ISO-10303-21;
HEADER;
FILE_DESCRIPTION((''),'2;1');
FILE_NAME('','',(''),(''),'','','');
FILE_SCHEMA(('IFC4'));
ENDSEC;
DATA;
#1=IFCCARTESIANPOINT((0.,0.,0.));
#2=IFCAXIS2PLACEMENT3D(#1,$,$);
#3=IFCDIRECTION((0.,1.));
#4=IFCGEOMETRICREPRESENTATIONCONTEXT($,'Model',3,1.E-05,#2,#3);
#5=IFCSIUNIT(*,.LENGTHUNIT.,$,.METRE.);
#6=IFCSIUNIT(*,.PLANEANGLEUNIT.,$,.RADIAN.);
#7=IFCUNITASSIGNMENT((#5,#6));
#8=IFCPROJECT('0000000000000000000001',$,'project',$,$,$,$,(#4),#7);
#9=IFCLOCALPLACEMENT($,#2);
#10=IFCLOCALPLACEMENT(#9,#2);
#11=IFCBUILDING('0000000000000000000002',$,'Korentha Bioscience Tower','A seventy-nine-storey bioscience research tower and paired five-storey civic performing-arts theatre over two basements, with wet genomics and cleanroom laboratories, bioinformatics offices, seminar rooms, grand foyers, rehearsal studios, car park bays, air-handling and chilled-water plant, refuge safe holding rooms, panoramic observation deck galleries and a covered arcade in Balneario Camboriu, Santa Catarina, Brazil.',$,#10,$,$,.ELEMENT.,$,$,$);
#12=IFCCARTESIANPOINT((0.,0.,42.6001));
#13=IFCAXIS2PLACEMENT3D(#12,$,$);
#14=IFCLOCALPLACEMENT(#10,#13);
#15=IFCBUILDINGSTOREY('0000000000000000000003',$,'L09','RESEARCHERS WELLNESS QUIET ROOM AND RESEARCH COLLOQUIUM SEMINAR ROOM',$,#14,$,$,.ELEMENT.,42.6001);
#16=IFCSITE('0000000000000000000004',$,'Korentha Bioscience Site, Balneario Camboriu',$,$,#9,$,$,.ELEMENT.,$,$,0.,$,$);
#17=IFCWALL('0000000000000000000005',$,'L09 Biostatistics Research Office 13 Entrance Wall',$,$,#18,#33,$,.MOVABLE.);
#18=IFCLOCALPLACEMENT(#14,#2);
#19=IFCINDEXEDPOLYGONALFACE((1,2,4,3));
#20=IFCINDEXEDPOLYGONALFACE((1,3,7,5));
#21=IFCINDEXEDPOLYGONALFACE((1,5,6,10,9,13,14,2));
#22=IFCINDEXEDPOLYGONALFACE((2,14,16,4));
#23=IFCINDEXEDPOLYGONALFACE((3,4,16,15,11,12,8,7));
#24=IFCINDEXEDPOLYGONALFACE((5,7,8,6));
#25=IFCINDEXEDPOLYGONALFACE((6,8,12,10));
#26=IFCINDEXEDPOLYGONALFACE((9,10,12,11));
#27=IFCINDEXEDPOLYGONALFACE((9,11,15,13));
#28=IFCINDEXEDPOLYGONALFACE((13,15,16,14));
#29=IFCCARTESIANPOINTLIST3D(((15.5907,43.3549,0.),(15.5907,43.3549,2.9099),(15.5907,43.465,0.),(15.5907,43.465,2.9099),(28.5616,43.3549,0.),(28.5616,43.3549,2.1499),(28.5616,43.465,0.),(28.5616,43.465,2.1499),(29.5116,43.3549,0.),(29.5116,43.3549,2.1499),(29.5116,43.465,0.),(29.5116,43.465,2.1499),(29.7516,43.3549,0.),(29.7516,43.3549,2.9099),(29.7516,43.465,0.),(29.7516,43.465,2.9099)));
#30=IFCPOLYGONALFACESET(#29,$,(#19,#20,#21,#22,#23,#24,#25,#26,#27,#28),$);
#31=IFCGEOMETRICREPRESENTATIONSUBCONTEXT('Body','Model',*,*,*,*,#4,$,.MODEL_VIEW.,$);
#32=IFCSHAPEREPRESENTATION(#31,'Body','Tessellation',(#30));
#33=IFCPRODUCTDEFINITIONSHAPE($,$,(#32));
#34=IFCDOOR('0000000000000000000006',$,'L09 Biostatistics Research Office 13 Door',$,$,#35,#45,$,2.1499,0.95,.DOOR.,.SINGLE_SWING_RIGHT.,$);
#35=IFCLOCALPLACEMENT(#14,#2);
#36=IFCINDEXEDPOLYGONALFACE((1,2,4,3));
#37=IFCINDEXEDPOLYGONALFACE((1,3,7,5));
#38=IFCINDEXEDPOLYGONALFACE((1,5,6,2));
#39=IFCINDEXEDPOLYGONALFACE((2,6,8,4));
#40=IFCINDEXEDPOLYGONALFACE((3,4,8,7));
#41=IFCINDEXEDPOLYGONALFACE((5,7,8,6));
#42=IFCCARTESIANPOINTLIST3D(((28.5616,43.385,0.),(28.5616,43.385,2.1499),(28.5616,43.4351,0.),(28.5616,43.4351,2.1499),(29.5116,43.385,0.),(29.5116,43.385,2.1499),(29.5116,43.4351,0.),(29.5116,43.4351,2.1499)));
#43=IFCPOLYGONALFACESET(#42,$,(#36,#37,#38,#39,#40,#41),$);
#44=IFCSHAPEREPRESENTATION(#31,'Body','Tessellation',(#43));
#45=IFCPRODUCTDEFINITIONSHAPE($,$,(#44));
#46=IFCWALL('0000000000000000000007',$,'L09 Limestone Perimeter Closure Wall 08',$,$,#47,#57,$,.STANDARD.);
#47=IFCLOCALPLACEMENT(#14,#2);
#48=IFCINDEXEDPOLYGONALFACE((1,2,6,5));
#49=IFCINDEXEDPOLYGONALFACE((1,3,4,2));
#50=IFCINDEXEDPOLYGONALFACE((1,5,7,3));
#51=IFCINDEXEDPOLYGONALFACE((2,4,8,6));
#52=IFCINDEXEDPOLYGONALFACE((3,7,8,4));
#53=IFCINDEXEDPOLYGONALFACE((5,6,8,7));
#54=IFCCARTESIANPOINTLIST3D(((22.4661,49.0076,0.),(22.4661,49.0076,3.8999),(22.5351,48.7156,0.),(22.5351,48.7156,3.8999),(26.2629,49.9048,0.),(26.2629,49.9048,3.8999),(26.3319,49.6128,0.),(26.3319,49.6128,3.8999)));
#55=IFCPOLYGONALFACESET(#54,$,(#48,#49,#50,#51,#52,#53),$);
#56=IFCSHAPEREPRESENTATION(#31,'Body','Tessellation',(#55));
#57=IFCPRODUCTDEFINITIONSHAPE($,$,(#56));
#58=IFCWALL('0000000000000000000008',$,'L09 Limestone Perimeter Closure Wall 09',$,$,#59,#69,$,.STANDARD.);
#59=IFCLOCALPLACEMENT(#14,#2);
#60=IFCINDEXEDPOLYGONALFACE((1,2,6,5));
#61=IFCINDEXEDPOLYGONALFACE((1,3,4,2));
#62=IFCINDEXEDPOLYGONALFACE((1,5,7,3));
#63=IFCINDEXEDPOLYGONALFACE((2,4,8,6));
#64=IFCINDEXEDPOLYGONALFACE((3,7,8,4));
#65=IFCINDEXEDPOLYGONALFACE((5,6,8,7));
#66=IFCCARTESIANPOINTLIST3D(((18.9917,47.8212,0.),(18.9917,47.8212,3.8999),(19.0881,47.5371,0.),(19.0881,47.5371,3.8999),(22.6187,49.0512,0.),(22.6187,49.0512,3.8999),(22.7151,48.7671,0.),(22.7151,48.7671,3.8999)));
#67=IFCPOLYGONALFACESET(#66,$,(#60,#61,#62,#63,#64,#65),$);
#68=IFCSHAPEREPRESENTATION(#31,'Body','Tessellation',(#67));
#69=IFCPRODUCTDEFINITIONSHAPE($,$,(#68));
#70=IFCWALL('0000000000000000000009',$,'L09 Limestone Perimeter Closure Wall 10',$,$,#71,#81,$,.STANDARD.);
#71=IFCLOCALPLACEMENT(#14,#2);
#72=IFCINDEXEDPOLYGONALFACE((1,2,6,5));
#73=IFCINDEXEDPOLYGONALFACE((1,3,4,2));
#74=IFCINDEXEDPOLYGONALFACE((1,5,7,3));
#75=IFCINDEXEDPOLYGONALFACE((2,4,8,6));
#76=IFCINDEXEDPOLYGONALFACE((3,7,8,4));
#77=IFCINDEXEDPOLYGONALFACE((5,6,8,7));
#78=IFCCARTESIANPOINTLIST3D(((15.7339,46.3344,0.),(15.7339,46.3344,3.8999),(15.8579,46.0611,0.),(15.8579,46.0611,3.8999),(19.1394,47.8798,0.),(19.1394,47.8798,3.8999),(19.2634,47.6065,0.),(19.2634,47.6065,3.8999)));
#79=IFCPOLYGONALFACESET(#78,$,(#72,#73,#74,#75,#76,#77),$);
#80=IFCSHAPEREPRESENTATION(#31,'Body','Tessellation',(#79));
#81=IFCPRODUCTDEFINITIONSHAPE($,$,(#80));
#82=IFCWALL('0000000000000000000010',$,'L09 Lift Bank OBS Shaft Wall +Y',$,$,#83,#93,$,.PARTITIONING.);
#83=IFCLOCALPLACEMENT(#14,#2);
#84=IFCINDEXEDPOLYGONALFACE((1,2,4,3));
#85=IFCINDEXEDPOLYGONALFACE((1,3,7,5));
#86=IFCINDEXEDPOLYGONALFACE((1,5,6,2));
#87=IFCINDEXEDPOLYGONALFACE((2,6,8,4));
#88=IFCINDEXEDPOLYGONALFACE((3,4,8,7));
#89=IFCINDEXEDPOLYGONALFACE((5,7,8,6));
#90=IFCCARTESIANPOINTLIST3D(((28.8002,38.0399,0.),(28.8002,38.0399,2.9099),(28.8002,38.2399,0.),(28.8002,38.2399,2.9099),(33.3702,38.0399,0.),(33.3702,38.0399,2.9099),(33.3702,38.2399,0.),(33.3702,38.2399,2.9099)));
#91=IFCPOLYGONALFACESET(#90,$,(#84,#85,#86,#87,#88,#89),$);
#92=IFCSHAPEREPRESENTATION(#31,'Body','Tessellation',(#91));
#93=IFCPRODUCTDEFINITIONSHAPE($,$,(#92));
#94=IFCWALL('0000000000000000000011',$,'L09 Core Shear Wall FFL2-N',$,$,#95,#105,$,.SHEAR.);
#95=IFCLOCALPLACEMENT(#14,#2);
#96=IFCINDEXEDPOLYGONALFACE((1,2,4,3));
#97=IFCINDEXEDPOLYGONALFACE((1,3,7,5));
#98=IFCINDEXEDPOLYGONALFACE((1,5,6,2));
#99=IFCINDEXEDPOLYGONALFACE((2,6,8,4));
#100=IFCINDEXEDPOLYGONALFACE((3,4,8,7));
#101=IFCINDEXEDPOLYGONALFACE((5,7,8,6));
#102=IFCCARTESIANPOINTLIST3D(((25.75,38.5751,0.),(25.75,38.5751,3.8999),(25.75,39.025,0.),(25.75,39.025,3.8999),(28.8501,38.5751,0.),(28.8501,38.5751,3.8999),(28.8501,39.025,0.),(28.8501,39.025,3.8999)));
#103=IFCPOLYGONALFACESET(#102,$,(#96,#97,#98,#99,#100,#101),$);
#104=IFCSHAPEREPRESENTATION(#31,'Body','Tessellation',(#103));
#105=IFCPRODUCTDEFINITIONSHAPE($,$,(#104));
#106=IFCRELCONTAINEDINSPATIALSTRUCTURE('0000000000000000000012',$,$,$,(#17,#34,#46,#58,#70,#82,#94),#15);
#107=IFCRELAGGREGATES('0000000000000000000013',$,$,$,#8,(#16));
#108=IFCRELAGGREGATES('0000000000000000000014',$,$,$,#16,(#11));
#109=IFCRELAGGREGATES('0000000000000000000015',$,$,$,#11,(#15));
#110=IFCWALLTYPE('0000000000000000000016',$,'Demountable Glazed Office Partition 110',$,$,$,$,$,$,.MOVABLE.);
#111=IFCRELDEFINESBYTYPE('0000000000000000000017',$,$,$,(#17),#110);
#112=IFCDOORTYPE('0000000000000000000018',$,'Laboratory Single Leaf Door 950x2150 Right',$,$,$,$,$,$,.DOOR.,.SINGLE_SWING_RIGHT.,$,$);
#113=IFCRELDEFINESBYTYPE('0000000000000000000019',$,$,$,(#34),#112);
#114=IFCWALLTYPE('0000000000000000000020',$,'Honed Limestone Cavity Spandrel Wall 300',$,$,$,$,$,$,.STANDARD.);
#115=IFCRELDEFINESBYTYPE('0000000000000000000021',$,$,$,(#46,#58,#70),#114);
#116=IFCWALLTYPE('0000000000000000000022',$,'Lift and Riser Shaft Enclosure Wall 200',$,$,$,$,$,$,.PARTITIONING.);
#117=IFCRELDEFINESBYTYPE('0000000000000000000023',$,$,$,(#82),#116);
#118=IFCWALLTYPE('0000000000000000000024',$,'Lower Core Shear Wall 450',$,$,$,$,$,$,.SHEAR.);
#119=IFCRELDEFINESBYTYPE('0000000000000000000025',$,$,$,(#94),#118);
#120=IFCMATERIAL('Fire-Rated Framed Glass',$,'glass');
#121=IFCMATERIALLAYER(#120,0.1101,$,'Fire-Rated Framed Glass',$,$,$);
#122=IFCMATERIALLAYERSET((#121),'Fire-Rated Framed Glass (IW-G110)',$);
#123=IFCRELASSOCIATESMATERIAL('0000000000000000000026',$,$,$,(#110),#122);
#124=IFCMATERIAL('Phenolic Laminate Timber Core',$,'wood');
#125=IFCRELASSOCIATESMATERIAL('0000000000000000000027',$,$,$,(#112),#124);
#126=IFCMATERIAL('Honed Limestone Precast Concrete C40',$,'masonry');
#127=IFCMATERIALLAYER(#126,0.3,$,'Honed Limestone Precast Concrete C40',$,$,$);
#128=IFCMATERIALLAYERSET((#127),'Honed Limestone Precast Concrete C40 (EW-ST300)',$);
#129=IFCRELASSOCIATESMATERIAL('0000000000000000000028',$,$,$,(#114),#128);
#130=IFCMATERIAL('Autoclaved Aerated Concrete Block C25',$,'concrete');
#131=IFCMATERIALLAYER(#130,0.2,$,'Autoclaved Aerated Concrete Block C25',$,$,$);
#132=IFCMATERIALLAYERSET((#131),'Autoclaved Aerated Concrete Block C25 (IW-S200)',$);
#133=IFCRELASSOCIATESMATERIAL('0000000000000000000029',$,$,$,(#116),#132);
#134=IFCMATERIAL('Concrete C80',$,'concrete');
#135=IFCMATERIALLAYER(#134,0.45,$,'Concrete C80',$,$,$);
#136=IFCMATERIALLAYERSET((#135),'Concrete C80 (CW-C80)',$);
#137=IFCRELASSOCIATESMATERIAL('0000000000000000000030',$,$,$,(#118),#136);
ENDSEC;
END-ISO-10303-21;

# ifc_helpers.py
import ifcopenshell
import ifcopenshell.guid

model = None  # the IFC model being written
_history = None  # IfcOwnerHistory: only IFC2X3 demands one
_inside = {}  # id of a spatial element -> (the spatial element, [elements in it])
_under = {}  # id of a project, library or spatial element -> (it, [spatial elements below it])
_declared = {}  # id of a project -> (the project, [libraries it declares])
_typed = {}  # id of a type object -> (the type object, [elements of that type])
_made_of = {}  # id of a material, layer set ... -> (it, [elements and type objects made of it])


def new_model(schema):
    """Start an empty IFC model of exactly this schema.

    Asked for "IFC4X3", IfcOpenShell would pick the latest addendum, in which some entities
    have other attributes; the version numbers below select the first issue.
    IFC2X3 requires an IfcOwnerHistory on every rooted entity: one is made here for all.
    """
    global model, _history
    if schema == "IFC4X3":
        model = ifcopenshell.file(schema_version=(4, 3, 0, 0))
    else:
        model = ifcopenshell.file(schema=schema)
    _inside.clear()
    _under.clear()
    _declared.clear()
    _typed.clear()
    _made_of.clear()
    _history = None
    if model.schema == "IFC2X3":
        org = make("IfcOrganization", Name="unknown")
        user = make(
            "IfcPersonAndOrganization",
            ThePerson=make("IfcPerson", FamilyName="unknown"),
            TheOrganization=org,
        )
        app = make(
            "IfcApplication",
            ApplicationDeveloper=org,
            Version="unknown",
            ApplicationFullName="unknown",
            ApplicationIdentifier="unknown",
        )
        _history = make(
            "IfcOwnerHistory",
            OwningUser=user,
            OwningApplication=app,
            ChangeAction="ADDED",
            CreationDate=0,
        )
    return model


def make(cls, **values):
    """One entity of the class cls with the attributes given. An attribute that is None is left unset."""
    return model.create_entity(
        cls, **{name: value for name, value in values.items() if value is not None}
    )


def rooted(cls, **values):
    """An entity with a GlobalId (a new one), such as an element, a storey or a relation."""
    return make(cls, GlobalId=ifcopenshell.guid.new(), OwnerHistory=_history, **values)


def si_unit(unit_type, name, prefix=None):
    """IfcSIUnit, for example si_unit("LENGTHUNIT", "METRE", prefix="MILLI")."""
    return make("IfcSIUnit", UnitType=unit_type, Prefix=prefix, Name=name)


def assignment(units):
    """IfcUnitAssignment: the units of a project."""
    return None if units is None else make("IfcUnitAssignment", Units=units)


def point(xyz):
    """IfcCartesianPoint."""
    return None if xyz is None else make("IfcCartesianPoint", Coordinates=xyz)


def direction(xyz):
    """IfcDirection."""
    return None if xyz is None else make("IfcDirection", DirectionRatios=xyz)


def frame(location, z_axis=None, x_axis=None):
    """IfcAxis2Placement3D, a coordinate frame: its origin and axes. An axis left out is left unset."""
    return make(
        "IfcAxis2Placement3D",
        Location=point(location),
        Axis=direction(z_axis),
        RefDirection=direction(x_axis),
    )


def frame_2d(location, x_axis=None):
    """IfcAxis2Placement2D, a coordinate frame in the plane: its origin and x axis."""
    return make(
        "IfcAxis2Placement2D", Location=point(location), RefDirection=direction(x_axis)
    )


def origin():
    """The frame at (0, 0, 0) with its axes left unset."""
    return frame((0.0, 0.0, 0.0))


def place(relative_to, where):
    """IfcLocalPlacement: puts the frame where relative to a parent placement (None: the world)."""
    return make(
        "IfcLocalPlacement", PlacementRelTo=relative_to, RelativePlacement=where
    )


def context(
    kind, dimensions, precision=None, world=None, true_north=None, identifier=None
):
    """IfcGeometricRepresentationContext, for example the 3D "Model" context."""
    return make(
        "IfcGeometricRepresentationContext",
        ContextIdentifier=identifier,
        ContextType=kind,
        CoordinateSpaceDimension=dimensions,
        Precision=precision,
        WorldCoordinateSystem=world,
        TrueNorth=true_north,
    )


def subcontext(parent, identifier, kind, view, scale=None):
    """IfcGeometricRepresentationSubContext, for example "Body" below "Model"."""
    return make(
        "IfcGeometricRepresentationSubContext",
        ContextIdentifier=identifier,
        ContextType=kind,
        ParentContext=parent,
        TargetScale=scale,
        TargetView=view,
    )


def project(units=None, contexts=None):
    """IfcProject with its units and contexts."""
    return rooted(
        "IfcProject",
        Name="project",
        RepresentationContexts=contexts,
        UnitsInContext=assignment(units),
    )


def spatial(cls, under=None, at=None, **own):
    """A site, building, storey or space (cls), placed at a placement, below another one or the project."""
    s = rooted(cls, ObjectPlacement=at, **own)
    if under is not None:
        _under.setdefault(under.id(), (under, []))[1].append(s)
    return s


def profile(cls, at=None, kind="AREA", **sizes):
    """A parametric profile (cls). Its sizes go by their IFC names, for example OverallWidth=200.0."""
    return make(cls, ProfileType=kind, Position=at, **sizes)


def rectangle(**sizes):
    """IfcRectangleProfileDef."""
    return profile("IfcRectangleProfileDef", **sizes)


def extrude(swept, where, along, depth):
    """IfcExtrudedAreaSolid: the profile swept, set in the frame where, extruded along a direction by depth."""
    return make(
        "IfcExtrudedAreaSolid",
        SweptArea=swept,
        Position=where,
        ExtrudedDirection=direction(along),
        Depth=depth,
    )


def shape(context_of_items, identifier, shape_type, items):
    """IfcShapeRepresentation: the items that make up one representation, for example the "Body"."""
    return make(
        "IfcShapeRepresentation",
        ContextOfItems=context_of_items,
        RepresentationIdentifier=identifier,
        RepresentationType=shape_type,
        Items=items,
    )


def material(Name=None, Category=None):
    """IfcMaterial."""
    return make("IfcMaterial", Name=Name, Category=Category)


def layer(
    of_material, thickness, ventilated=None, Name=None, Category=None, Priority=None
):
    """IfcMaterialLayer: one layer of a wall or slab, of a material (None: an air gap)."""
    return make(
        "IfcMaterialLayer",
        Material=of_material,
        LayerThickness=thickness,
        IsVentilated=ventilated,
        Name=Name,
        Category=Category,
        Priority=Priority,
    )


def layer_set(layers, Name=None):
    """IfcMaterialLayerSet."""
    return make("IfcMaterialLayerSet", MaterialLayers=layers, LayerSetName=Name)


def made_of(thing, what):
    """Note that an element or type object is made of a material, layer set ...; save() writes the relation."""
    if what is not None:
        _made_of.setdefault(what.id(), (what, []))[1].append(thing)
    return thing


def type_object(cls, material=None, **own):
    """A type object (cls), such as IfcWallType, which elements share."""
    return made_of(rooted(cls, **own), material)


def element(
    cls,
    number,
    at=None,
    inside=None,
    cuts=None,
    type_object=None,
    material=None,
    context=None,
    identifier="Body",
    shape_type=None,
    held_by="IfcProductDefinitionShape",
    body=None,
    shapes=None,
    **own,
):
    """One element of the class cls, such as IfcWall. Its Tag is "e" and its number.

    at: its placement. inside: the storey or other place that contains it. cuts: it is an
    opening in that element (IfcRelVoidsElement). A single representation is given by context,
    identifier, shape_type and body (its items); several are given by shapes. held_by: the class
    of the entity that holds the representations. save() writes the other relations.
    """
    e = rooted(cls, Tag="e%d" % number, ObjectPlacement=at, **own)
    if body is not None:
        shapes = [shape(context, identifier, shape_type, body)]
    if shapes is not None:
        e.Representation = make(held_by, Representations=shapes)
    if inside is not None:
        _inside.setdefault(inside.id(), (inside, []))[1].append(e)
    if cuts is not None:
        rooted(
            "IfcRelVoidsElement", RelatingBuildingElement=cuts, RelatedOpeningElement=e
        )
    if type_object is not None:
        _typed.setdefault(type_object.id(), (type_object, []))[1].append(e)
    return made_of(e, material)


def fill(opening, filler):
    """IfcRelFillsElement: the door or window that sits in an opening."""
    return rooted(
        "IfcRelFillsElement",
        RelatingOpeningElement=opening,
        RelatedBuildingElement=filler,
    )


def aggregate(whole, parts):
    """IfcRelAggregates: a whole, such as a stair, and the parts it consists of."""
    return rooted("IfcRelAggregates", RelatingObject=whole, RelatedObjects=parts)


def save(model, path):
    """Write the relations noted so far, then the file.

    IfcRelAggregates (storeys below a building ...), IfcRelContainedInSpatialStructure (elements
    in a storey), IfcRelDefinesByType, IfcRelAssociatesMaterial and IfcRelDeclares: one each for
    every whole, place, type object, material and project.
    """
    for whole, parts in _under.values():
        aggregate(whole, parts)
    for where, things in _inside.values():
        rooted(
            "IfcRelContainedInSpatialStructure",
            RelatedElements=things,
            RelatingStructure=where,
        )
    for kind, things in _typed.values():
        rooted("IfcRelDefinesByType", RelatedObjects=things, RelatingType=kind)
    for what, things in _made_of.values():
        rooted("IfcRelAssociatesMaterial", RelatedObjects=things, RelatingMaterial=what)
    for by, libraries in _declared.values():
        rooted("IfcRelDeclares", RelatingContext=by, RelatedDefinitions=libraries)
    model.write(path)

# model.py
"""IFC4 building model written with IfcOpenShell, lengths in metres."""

from ifc_helpers import new_model, si_unit, direction, frame, frame_2d, origin, place, context, subcontext, project, spatial, rectangle, extrude, material, layer, layer_set, type_object, element, fill, save


model = new_model("IFC4")

# Units and contexts
model_context = context("Model", 3, precision=1e-05, world=origin(), true_north=direction((0.0, 1.0)))
body_context = subcontext(model_context, "Body", "Model", "MODEL_VIEW")
ifc_project = project(units=[si_unit("LENGTHUNIT", "METRE"), si_unit("PLANEANGLEUNIT", "RADIAN")], contexts=[model_context])

# Site, building, storey
site_placement = place(None, origin())
site = spatial("IfcSite", under=ifc_project, at=site_placement, Name="Korentha Bioscience Site, Balneario Camboriu", CompositionType="ELEMENT", RefElevation=0.0)
building_placement = place(site_placement, origin())
building = spatial("IfcBuilding", under=site, at=building_placement, Name="Korentha Bioscience Tower", Description="A seventy-nine-storey bioscience research tower and paired five-storey civic performing-arts theatre over two basements, with wet genomics and cleanroom laboratories, bioinformatics offices, seminar rooms, grand foyers, rehearsal studios, car park bays, air-handling and chilled-water plant, refuge safe holding rooms, panoramic observation deck galleries and a covered arcade in Balneario Camboriu, Santa Catarina, Brazil.", CompositionType="ELEMENT")
storey_placement = place(building_placement, frame((0.0, 0.0, 42.6001)))
storey = spatial("IfcBuildingStorey", under=building, at=storey_placement, Name="L09", Description="RESEARCHERS WELLNESS QUIET ROOM AND RESEARCH COLLOQUIUM SEMINAR ROOM", CompositionType="ELEMENT", Elevation=42.6001)

# Shared definitions
ifc_material_1 = material(Name="Concrete C80", Category="concrete")

# Wall, opening, door
ifc_material_2 = material(Name="Fire-Rated Framed Glass", Category="glass")
ifc_layer_1 = layer(ifc_material_2, 0.1101, Name="Fire-Rated Framed Glass")
ifc_layer_set_1 = layer_set([ifc_layer_1], Name="Fire-Rated Framed Glass (IW-G110)")
wall_type_1 = type_object("IfcWallType", Name="Demountable Glazed Office Partition 110", PredefinedType="MOVABLE", material=ifc_layer_set_1)
wall_1_placement = place(storey_placement, frame((29.7517, 43.4099, 0.0), z_axis=(0.0, 0.0, 1.0), x_axis=(-1.0, 0.0, 0.0)))
wall_1 = element("IfcWall", 1, at=wall_1_placement, inside=storey, type_object=wall_type_1, Name="L09 Biostatistics Research Office 13 Entrance Wall", PredefinedType="MOVABLE", context=body_context, shape_type="SweptSolid", body=[
    extrude(rectangle(XDim=14.1609, YDim=0.1101, at=frame_2d((7.0806, 0.0))), origin(), (0.0, 0.0, 1.0), 2.9099),
])
opening_placement = place(wall_1_placement, frame((0.24, 0.0, 0.0)))
opening = element("IfcOpeningElement", 2, at=opening_placement, cuts=wall_1, PredefinedType="OPENING", context=body_context, shape_type="SweptSolid", body=[
    extrude(rectangle(XDim=0.95, YDim=2.1499, at=frame_2d((0.4751, 1.075))), frame((0.0, 0.0698, 0.0), z_axis=(0.0, -1.0, 0.0), x_axis=(1.0, 0.0, 0.0)), (0.0, 0.0, 1.0), 0.1399),
])
ifc_material_3 = material(Name="Phenolic Laminate Timber Core", Category="wood")
door_type = type_object("IfcDoorType", Name="Laboratory Single Leaf Door 950x2150 Right", OperationType="SINGLE_SWING_RIGHT", PredefinedType="DOOR", material=ifc_material_3)
door_placement = place(opening_placement, origin())
door = element("IfcDoor", 3, at=door_placement, inside=storey, type_object=door_type, Name="L09 Biostatistics Research Office 13 Door", OperationType="SINGLE_SWING_RIGHT", OverallHeight=2.1499, OverallWidth=0.95, PredefinedType="DOOR", context=body_context, shape_type="SweptSolid", body=[
    extrude(rectangle(XDim=0.95, YDim=2.1499, at=frame_2d((0.4751, 1.075))), frame((0.0, 0.0249, 0.0), z_axis=(0.0, -1.0, 0.0), x_axis=(1.0, 0.0, 0.0)), (0.0, 0.0, 1.0), 0.05),
])
fill(opening, door)

# Walls
ifc_material_4 = material(Name="Honed Limestone Precast Concrete C40", Category="masonry")
ifc_layer_2 = layer(ifc_material_4, 0.3, Name="Honed Limestone Precast Concrete C40")
ifc_layer_set_2 = layer_set([ifc_layer_2], Name="Honed Limestone Precast Concrete C40 (EW-ST300)")
wall_type_2 = type_object("IfcWallType", Name="Honed Limestone Cavity Spandrel Wall 300", PredefinedType="STANDARD", material=ifc_layer_set_2)
wall_2_placement = place(storey_placement, frame((26.2974, 49.7588, 0.0), z_axis=(0.0, 0.0, 1.0), x_axis=(-0.973198, -0.22997, 0.0)))
element("IfcWall", 4, at=wall_2_placement, inside=storey, type_object=wall_type_2, Name="L09 Limestone Perimeter Closure Wall 08", PredefinedType="STANDARD", context=body_context, shape_type="SweptSolid", body=[
    extrude(rectangle(XDim=3.9014, YDim=0.3, at=frame_2d((1.9507, 0.0))), origin(), (0.0, 0.0, 1.0), 3.8999),
])
wall_3_placement = place(storey_placement, frame((22.667, 48.9092, 0.0), z_axis=(0.0, 0.0, 1.0), x_axis=(-0.947026, -0.321158, 0.0)))
element("IfcWall", 5, at=wall_3_placement, inside=storey, type_object=wall_type_2, Name="L09 Limestone Perimeter Closure Wall 09", PredefinedType="STANDARD", context=body_context, shape_type="SweptSolid", body=[
    extrude(rectangle(XDim=3.8298, YDim=0.3, at=frame_2d((1.915, 0.0))), origin(), (0.0, 0.0, 1.0), 3.8999),
])
wall_4_placement = place(storey_placement, frame((19.2014, 47.7432, 0.0), z_axis=(0.0, 0.0, 1.0), x_axis=(-0.910623, -0.413237, 0.0)))
element("IfcWall", 6, at=wall_4_placement, inside=storey, type_object=wall_type_2, Name="L09 Limestone Perimeter Closure Wall 10", PredefinedType="STANDARD", context=body_context, shape_type="SweptSolid", body=[
    extrude(rectangle(XDim=3.7397, YDim=0.3, at=frame_2d((1.8699, 0.0))), origin(), (0.0, 0.0, 1.0), 3.8999),
])
ifc_material_5 = material(Name="Autoclaved Aerated Concrete Block C25", Category="concrete")
ifc_layer_3 = layer(ifc_material_5, 0.2, Name="Autoclaved Aerated Concrete Block C25")
ifc_layer_set_3 = layer_set([ifc_layer_3], Name="Autoclaved Aerated Concrete Block C25 (IW-S200)")
wall_type_3 = type_object("IfcWallType", Name="Lift and Riser Shaft Enclosure Wall 200", PredefinedType="PARTITIONING", material=ifc_layer_set_3)
wall_5_placement = place(storey_placement, frame((28.8, 38.1399, 0.0), z_axis=(0.0, 0.0, 1.0), x_axis=(1.0, 0.0, 0.0)))
element("IfcWall", 7, at=wall_5_placement, inside=storey, type_object=wall_type_3, Name="L09 Lift Bank OBS Shaft Wall +Y", PredefinedType="PARTITIONING", context=body_context, shape_type="SweptSolid", body=[
    extrude(rectangle(XDim=4.5701, YDim=0.2, at=frame_2d((2.2852, 0.0))), origin(), (0.0, 0.0, 1.0), 2.9099),
])
ifc_layer_4 = layer(ifc_material_1, 0.45, Name="Concrete C80")
ifc_layer_set_4 = layer_set([ifc_layer_4], Name="Concrete C80 (CW-C80)")
wall_type_4 = type_object("IfcWallType", Name="Lower Core Shear Wall 450", PredefinedType="SHEAR", material=ifc_layer_set_4)
wall_6_placement = place(storey_placement, frame((25.75, 38.8, 0.0), z_axis=(0.0, 0.0, 1.0), x_axis=(1.0, 0.0, 0.0)))
element("IfcWall", 8, at=wall_6_placement, inside=storey, type_object=wall_type_4, Name="L09 Core Shear Wall FFL2-N", PredefinedType="SHEAR", context=body_context, shape_type="SweptSolid", body=[
    extrude(rectangle(XDim=3.1001, YDim=0.45, at=frame_2d((1.55, 0.0))), origin(), (0.0, 0.0, 1.0), 3.8999),
])

save(model, "model.ifc")
